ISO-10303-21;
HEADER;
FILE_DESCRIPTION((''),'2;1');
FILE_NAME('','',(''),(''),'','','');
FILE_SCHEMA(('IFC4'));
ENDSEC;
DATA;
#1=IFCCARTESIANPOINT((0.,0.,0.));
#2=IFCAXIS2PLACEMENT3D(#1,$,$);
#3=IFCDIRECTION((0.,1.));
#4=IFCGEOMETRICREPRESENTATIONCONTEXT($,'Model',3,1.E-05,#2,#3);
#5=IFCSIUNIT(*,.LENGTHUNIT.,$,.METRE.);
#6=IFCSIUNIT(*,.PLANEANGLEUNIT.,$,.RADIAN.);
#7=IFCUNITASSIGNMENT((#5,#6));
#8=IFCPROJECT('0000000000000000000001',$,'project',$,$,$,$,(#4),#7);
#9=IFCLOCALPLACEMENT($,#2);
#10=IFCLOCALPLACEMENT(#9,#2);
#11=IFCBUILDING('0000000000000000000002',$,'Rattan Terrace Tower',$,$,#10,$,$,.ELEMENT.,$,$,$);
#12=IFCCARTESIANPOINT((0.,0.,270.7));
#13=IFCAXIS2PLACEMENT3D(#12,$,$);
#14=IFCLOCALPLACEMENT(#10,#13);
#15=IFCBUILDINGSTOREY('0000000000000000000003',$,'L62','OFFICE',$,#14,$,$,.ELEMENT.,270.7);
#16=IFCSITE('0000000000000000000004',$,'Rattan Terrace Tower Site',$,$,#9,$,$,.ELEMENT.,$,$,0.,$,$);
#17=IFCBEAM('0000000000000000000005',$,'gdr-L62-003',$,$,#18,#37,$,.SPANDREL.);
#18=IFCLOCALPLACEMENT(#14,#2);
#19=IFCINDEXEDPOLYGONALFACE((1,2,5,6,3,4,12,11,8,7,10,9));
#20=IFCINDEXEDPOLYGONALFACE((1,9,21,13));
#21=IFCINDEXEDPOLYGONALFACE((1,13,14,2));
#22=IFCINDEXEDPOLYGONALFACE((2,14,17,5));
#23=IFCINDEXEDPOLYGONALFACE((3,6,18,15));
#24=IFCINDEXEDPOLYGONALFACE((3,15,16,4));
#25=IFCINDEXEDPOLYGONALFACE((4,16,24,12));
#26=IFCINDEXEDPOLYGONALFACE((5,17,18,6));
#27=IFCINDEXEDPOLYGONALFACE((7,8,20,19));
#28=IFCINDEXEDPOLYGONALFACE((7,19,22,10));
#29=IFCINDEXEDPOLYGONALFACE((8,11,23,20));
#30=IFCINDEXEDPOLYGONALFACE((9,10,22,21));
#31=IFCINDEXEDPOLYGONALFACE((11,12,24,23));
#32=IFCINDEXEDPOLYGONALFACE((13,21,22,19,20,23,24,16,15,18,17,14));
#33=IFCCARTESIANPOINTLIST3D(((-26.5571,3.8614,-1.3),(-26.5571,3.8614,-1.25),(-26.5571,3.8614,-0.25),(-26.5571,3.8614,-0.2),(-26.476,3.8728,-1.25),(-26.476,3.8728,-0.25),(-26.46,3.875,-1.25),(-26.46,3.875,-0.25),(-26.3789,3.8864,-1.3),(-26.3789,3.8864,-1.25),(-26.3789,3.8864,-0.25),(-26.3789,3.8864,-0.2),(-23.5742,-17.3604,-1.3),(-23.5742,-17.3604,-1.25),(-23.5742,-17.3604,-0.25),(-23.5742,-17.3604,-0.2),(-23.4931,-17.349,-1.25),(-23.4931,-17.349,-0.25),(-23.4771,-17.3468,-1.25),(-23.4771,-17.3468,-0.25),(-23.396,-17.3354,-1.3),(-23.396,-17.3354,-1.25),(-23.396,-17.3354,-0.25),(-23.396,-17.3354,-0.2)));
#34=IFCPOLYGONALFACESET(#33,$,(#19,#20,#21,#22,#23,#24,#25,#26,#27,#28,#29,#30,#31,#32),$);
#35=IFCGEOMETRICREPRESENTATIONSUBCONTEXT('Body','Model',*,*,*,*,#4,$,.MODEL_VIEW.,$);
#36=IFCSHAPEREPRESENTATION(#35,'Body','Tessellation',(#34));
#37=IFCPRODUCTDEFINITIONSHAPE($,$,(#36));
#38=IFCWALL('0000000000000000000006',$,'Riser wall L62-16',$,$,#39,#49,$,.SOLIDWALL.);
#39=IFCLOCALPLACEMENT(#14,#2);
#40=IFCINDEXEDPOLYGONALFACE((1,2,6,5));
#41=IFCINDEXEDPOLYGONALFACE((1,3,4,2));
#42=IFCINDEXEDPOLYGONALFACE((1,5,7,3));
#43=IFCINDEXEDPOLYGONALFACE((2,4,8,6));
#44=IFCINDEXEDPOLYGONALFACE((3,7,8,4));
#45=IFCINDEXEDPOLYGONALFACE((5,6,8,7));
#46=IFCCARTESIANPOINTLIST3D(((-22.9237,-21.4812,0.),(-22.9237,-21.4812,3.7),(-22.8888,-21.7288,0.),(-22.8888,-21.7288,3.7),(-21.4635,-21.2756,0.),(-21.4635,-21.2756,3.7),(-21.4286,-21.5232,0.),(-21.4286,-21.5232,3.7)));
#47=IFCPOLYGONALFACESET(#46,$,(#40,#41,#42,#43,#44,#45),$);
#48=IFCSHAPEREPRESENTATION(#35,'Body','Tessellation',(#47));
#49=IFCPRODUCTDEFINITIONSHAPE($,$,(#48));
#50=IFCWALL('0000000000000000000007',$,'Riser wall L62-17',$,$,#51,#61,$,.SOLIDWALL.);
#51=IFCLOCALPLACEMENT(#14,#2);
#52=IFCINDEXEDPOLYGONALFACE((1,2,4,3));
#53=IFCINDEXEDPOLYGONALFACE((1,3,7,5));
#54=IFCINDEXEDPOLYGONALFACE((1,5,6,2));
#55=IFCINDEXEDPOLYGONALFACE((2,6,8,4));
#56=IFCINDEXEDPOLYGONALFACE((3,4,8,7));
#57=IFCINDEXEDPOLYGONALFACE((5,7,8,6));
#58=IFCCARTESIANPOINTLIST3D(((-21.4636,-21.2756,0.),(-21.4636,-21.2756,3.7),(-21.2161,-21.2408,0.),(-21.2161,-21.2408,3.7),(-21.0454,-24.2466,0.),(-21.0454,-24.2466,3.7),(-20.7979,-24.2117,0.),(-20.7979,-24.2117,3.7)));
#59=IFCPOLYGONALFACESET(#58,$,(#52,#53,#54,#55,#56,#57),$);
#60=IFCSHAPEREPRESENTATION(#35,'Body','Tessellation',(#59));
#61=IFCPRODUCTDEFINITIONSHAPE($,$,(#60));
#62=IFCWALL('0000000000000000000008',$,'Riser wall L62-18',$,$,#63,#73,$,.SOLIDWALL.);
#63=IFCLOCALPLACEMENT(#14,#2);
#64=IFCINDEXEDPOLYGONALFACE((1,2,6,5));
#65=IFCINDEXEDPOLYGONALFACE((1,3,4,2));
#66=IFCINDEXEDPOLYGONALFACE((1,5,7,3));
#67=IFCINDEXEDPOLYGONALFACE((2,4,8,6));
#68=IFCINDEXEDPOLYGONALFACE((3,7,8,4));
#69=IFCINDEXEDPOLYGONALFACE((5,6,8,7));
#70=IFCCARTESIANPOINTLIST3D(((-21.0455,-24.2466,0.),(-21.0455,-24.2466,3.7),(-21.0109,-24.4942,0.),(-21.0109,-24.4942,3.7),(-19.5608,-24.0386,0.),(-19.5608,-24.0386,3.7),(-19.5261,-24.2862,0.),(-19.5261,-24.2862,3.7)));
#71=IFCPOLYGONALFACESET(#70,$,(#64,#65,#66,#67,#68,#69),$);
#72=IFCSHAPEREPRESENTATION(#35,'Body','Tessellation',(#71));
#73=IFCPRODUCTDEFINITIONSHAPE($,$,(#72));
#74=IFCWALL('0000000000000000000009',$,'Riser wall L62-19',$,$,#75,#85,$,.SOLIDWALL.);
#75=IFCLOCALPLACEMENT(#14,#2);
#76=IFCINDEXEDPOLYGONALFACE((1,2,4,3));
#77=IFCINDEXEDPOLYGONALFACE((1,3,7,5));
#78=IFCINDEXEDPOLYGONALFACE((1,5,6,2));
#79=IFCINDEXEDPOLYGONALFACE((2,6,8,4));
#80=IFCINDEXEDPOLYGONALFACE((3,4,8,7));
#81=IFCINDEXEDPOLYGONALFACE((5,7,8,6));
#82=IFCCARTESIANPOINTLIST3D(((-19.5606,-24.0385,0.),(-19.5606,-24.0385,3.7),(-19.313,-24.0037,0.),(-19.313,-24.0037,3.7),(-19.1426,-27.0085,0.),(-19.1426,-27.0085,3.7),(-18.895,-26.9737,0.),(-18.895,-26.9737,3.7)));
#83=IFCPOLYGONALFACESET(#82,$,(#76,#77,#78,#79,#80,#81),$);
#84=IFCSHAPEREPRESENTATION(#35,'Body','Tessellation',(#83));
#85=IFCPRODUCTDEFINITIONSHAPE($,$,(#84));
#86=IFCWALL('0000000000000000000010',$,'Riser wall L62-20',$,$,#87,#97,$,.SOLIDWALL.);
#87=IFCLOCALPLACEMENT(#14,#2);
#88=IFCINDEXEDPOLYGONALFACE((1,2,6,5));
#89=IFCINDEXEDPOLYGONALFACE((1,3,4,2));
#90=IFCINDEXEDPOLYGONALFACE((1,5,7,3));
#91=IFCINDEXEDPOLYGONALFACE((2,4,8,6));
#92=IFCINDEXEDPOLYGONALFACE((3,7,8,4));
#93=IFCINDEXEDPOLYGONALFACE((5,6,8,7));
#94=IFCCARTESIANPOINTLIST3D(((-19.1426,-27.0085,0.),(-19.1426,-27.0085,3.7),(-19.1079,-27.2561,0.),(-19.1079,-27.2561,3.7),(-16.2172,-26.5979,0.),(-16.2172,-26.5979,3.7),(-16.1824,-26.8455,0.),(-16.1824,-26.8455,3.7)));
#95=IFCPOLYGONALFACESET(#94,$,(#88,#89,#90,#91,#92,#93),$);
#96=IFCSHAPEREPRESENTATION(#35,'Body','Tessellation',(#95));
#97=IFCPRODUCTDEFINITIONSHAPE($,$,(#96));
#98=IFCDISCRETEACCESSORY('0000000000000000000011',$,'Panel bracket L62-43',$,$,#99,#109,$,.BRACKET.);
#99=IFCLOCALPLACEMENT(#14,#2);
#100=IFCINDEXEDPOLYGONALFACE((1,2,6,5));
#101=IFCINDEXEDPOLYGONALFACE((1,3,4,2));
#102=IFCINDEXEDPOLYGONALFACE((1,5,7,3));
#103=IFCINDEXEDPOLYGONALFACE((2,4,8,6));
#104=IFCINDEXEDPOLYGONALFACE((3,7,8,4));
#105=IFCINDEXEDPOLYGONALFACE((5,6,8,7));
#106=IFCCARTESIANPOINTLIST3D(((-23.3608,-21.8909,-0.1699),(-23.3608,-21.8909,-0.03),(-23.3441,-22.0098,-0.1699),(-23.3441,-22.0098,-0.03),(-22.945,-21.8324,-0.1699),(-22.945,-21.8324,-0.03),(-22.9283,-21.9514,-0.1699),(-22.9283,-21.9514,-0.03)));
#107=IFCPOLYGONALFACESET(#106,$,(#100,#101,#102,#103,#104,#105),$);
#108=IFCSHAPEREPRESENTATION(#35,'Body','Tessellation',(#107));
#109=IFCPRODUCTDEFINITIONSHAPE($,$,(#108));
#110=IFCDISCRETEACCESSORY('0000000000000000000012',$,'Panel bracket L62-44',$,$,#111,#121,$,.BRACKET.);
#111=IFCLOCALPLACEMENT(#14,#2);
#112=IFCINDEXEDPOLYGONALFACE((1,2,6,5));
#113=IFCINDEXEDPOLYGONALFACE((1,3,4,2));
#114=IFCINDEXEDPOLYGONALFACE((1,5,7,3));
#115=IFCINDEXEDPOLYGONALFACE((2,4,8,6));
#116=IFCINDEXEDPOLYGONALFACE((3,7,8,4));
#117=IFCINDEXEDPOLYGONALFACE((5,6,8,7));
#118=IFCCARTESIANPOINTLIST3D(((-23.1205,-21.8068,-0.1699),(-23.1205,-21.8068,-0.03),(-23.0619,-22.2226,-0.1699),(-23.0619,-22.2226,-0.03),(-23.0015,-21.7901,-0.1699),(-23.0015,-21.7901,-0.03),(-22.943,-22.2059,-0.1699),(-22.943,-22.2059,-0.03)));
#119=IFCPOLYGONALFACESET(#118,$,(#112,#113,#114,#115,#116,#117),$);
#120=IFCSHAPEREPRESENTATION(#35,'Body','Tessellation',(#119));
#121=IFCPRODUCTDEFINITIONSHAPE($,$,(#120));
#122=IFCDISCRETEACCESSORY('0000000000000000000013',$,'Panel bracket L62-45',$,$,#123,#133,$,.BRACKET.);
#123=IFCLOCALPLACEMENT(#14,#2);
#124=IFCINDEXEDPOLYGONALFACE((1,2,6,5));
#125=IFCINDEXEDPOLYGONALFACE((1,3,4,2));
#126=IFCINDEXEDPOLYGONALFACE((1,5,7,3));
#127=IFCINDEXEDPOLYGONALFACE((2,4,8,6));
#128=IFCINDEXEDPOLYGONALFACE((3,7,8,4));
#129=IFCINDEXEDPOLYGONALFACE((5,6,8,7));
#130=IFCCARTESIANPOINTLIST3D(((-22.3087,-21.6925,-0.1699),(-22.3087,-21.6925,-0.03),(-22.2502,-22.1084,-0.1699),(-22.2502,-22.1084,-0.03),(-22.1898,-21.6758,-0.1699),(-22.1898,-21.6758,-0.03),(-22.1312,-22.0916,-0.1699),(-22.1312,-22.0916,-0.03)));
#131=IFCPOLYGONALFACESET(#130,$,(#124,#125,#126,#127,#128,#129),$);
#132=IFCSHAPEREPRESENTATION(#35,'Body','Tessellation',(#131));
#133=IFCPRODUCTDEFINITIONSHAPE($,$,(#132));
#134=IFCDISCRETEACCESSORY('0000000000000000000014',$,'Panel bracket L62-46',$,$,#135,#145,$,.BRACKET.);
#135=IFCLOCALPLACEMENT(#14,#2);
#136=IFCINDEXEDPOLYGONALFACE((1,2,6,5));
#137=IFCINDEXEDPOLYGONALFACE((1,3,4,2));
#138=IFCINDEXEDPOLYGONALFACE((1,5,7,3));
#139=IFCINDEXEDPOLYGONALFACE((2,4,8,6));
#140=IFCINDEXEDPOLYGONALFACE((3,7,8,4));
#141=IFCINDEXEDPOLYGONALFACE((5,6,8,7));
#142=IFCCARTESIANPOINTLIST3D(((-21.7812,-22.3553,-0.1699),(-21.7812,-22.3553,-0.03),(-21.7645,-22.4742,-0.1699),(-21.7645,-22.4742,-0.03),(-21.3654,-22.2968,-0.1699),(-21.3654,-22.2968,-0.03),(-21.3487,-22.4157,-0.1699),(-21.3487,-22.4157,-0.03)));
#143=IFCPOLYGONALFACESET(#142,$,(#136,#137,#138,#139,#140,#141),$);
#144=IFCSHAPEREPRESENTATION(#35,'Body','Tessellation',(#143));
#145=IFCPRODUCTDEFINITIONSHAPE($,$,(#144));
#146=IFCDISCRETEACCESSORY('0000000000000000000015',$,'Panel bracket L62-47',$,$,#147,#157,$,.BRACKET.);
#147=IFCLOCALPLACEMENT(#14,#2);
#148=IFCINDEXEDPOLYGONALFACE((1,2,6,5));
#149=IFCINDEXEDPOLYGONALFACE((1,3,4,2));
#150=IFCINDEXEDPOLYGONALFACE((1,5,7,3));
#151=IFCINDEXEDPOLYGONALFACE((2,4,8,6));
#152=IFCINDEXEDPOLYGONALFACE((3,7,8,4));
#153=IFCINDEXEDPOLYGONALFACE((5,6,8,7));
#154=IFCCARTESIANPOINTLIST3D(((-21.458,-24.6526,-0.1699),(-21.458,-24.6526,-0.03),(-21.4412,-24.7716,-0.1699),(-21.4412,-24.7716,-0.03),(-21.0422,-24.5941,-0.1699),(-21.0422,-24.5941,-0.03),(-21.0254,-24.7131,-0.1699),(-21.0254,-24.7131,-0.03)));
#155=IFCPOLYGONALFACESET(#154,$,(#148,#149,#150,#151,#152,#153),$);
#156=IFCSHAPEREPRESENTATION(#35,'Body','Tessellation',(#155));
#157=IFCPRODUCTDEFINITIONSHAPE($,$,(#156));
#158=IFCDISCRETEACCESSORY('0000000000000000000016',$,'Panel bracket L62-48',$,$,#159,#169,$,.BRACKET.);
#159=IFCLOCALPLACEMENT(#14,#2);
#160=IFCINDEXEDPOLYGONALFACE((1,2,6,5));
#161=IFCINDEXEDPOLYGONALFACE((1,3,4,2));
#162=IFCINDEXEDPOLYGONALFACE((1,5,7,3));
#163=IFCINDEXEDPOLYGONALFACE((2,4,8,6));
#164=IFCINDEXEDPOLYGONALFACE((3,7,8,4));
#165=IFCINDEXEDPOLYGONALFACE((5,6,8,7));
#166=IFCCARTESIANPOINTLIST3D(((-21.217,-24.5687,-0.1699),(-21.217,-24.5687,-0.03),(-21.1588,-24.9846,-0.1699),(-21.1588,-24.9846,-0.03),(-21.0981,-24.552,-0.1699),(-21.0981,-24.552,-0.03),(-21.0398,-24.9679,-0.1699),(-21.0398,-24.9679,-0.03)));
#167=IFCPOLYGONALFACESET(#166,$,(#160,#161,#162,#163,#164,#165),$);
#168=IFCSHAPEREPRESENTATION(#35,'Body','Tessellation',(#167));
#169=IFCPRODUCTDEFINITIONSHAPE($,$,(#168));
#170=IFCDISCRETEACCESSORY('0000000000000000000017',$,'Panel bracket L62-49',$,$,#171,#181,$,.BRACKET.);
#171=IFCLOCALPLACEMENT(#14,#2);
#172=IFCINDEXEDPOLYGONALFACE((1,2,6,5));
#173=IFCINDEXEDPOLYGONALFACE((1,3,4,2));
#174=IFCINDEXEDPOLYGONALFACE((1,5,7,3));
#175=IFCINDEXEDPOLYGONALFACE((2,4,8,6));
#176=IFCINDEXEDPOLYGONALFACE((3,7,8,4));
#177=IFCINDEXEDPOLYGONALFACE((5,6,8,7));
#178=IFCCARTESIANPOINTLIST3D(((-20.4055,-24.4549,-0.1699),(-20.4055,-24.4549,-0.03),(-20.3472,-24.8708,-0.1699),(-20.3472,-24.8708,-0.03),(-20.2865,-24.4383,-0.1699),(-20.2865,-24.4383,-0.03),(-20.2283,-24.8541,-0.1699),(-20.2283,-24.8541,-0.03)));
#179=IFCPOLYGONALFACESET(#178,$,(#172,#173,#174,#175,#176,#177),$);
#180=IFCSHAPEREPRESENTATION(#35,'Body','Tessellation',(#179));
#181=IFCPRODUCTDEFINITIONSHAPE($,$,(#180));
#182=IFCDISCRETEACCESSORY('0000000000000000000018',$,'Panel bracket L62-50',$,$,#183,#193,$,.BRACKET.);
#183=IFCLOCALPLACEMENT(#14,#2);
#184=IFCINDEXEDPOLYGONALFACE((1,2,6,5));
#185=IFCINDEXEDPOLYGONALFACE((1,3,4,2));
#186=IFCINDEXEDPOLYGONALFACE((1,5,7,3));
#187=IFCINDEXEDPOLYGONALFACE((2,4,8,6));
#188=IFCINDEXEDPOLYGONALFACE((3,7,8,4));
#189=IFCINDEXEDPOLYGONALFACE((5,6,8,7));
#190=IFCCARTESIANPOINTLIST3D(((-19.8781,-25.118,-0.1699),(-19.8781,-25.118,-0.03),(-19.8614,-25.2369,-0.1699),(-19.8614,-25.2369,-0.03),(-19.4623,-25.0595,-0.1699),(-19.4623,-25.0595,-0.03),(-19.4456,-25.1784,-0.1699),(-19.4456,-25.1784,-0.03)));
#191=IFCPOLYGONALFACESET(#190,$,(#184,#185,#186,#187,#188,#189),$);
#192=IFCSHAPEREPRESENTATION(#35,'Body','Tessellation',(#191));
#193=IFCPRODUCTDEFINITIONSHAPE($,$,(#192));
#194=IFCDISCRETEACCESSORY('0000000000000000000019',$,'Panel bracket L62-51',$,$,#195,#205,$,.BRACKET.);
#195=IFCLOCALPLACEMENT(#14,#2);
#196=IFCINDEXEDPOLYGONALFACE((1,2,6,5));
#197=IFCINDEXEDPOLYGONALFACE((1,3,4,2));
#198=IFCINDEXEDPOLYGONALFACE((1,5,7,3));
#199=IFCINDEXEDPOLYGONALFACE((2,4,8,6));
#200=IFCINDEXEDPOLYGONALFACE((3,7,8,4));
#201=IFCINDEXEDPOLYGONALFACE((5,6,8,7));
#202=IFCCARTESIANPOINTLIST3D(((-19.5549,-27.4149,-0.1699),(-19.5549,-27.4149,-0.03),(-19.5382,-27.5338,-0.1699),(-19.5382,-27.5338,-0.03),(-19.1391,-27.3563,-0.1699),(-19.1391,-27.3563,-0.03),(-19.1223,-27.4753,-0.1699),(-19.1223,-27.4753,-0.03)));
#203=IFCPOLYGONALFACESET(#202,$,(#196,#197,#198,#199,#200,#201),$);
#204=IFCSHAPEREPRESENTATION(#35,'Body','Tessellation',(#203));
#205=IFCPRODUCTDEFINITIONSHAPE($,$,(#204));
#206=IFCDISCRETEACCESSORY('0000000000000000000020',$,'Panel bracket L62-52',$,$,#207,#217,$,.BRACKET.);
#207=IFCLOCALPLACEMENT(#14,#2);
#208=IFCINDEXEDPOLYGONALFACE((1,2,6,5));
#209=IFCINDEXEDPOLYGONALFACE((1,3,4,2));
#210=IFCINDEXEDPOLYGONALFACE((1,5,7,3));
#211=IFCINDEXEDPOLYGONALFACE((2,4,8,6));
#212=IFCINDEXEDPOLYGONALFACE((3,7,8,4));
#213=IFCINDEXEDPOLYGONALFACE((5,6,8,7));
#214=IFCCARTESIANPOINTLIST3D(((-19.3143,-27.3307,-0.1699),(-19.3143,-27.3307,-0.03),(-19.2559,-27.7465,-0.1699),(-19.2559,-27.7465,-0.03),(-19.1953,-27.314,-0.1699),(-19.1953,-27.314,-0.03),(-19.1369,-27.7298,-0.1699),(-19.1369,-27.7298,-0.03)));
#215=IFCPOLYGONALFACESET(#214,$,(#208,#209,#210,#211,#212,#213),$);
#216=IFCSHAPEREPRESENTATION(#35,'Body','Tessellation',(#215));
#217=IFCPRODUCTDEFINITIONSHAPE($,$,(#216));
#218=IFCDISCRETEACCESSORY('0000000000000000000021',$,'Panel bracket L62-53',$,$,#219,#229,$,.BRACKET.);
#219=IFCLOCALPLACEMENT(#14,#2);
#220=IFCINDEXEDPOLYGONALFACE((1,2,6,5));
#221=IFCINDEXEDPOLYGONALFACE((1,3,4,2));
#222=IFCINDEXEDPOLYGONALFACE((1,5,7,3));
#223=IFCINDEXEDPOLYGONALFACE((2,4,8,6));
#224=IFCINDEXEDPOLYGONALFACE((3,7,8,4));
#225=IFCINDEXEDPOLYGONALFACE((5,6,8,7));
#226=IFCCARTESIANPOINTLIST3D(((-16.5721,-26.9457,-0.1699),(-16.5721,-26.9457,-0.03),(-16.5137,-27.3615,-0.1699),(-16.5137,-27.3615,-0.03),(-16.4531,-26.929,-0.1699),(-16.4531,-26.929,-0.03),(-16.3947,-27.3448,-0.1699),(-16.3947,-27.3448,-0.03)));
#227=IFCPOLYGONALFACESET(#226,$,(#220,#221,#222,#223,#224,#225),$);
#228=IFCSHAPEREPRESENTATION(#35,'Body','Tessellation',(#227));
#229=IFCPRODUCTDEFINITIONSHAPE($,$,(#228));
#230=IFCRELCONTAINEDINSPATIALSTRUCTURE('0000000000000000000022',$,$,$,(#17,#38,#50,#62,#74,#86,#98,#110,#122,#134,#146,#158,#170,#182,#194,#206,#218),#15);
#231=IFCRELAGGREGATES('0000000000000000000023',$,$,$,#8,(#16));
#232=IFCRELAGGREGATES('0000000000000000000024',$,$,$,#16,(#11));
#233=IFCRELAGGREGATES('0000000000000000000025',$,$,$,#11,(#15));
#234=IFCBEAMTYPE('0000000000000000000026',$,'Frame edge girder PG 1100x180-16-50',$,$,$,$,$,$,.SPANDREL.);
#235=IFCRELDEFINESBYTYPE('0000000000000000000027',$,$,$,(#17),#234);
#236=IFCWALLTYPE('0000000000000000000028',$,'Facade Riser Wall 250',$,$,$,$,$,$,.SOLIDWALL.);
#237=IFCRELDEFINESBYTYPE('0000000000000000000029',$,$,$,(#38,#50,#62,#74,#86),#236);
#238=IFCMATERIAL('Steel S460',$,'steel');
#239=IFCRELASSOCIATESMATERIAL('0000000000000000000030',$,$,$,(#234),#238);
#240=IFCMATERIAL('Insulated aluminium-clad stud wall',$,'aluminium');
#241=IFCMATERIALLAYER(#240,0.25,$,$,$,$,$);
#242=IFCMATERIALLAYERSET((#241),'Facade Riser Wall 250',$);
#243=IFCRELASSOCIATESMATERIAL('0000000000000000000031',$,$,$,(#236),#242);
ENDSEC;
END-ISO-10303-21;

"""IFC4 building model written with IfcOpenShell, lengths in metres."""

from ifc_helpers import new_model, si_unit, direction, frame, frame_2d, origin, origin_2d, place, context, subcontext, project, spatial, rectangle, i_section, extrude, material, layer, layer_set, material_profile, profile_set, type_object, element, save


model = new_model("IFC4")

# Units and contexts
model_context = context("Model", 3, precision=1e-05, world=origin(), true_north=direction((0.0, 1.0)))
body_context = subcontext(model_context, "Body", "Model", "MODEL_VIEW")
ifc_project = project(units=[si_unit("LENGTHUNIT", "METRE"), si_unit("PLANEANGLEUNIT", "RADIAN")], contexts=[model_context])

# Site, building, storey
site_placement = place(None, origin())
site = spatial("IfcSite", under=ifc_project, at=site_placement, Name="Rattan Terrace Tower Site", CompositionType="ELEMENT", RefElevation=0.0)
building_placement = place(site_placement, origin())
building = spatial("IfcBuilding", under=site, at=building_placement, Name="Rattan Terrace Tower", CompositionType="ELEMENT")
storey_placement = place(building_placement, frame((0.0, 0.0, 270.7)))
storey = spatial("IfcBuildingStorey", under=building, at=storey_placement, Name="L62", Description="OFFICE", CompositionType="ELEMENT", Elevation=270.7)

# Beam
ifc_material_1 = material(Name="Steel S460", Category="steel")
ifc_material_profile = material_profile(ifc_material_1, i_section(OverallWidth=0.1799, OverallDepth=1.1001, WebThickness=0.0161, FlangeThickness=0.05, at=origin_2d()), Name="PG 1100x180-16-50")
ifc_profile_set = profile_set([ifc_material_profile], Name="Steel S460")
beam_type = type_object("IfcBeamType", Name="Frame edge girder PG 1100x180-16-50", PredefinedType="SPANDREL", material=ifc_profile_set)
beam_placement = place(storey_placement, frame((-23.4851, -17.3479, -0.75), z_axis=(-0.13919, 0.990266, 0.0), x_axis=(-0.990266, -0.13919, 0.0)))
element("IfcBeam", 1, at=beam_placement, inside=storey, type_object=beam_type, Name="gdr-L62-003", PredefinedType="SPANDREL", context=body_context, shape_type="SweptSolid", body=[
    extrude(i_section(OverallWidth=0.1799, OverallDepth=1.1001, WebThickness=0.0161, FlangeThickness=0.05, at=origin_2d()), origin(), (0.0, 0.0, 1.0), 21.4304),
])

# Walls
ifc_material_2 = material(Name="Insulated aluminium-clad stud wall", Category="aluminium")
ifc_layer = layer(ifc_material_2, 0.25)
ifc_layer_set = layer_set([ifc_layer], Name="Facade Riser Wall 250")
wall_type = type_object("IfcWallType", Name="Facade Riser Wall 250", PredefinedType="SOLIDWALL", material=ifc_layer_set)
wall_1_placement = place(storey_placement, frame((-22.9062, -21.605, 0.0), z_axis=(0.0, 0.0, 1.0), x_axis=(0.990236, 0.139404, 0.0)))
element("IfcWall", 2, at=wall_1_placement, inside=storey, type_object=wall_type, Name="Riser wall L62-16", PredefinedType="SOLIDWALL", context=body_context, shape_type="SweptSolid", body=[
    extrude(rectangle(XDim=1.4746, YDim=0.25, at=frame_2d((0.7373, 0.0))), origin(), (0.0, 0.0, 1.0), 3.7),
])
wall_2_placement = place(storey_placement, frame((-21.3398, -21.2583, 0.0), z_axis=(0.0, 0.0, 1.0), x_axis=(0.139393, -0.990237, 0.0)))
element("IfcWall", 3, at=wall_2_placement, inside=storey, type_object=wall_type, Name="Riser wall L62-17", PredefinedType="SOLIDWALL", context=body_context, shape_type="SweptSolid", body=[
    extrude(rectangle(XDim=3.0002, YDim=0.25, at=frame_2d((1.5, 0.0))), origin(), (0.0, 0.0, 1.0), 3.7),
])
wall_3_placement = place(storey_placement, frame((-21.0281, -24.3704, 0.0), z_axis=(0.0, 0.0, 1.0), x_axis=(0.99033, 0.138731, 0.0)))
element("IfcWall", 4, at=wall_3_placement, inside=storey, type_object=wall_type, Name="Riser wall L62-18", PredefinedType="SOLIDWALL", context=body_context, shape_type="SweptSolid", body=[
    extrude(rectangle(XDim=1.4993, YDim=0.25, at=frame_2d((0.7495, 0.0))), origin(), (0.0, 0.0, 1.0), 3.7),
])
wall_4_placement = place(storey_placement, frame((-19.4368, -24.0212, 0.0), z_axis=(0.0, 0.0, 1.0), x_axis=(0.139358, -0.990242, 0.0)))
element("IfcWall", 5, at=wall_4_placement, inside=storey, type_object=wall_type, Name="Riser wall L62-19", PredefinedType="SOLIDWALL", context=body_context, shape_type="SweptSolid", body=[
    extrude(rectangle(XDim=2.9993, YDim=0.25, at=frame_2d((1.4995, 0.0))), origin(), (0.0, 0.0, 1.0), 3.7),
])
wall_5_placement = place(storey_placement, frame((-19.1252, -27.1323, 0.0), z_axis=(0.0, 0.0, 1.0), x_axis=(0.990292, 0.139003, 0.0)))
element("IfcWall", 6, at=wall_5_placement, inside=storey, type_object=wall_type, Name="Riser wall L62-20", PredefinedType="SOLIDWALL", context=body_context, shape_type="SweptSolid", body=[
    extrude(rectangle(XDim=2.9541, YDim=0.25, at=frame_2d((1.4771, 0.0))), origin(), (0.0, 0.0, 1.0), 3.7),
])

# Discrete accessories
for number, where, z_axis, x_axis, name in (
    (7, (-23.1445, -21.9211, -0.1699), (0.0, 0.0, 1.0), (0.139192, -0.990265, 0.0), "Panel bracket L62-43"),
    (8, (-23.0317, -22.0063, -0.1699), (0.0, 0.0, 1.0), (0.990241, 0.139367, 0.0), "Panel bracket L62-44"),
    (9, (-22.22, -21.8921, -0.1699), (0.0, 0.0, 1.0), (0.990241, 0.139367, 0.0), "Panel bracket L62-45"),
    (10, (-21.5649, -22.3855, -0.1699), (0.0, 0.0, 1.0), (0.139321, -0.990247, 0.0), "Panel bracket L62-46"),
    (11, (-21.2417, -24.6829, -0.1699), (0.0, 0.0, 1.0), (0.139321, -0.990247, 0.0), "Panel bracket L62-47"),
    (12, (-21.1284, -24.7683, -0.1699), (0.0, 0.0, 1.0), (0.990333, 0.138713, 0.0), "Panel bracket L62-48"),
    (13, (-20.3169, -24.6545, -0.1699), (0.0, 0.0, 1.0), (0.990333, 0.138713, 0.0), "Panel bracket L62-49"),
    (14, (-19.6619, -25.1482, -0.1699), (0.0, 0.0, 1.0), (0.139367, -0.990241, 0.0), "Panel bracket L62-50"),
    (15, (-19.3386, -27.4451, -0.1699), (0.0, 0.0, 1.0), (0.139367, -0.990241, 0.0), "Panel bracket L62-51"),
    (16, (-19.2256, -27.5303, -0.1699), (0.0, 0.0, 1.0), (0.990287, 0.13904, 0.0), "Panel bracket L62-52"),
    (17, (-16.4834, -27.1453, -0.1699), (0.0, 0.0, 1.0), (0.990287, 0.13904, 0.0), "Panel bracket L62-53"),
):
    element("IfcDiscreteAccessory", number, at=place(storey_placement, frame(where, z_axis=z_axis, x_axis=x_axis)), inside=storey, Name=name, PredefinedType="BRACKET", context=body_context, shape_type="SweptSolid", body=[
        extrude(rectangle(XDim=0.1201, YDim=0.4199, at=origin_2d()), origin(), (0.0, 0.0, 1.0), 0.1399),
    ])

save(model, "model.ifc")
